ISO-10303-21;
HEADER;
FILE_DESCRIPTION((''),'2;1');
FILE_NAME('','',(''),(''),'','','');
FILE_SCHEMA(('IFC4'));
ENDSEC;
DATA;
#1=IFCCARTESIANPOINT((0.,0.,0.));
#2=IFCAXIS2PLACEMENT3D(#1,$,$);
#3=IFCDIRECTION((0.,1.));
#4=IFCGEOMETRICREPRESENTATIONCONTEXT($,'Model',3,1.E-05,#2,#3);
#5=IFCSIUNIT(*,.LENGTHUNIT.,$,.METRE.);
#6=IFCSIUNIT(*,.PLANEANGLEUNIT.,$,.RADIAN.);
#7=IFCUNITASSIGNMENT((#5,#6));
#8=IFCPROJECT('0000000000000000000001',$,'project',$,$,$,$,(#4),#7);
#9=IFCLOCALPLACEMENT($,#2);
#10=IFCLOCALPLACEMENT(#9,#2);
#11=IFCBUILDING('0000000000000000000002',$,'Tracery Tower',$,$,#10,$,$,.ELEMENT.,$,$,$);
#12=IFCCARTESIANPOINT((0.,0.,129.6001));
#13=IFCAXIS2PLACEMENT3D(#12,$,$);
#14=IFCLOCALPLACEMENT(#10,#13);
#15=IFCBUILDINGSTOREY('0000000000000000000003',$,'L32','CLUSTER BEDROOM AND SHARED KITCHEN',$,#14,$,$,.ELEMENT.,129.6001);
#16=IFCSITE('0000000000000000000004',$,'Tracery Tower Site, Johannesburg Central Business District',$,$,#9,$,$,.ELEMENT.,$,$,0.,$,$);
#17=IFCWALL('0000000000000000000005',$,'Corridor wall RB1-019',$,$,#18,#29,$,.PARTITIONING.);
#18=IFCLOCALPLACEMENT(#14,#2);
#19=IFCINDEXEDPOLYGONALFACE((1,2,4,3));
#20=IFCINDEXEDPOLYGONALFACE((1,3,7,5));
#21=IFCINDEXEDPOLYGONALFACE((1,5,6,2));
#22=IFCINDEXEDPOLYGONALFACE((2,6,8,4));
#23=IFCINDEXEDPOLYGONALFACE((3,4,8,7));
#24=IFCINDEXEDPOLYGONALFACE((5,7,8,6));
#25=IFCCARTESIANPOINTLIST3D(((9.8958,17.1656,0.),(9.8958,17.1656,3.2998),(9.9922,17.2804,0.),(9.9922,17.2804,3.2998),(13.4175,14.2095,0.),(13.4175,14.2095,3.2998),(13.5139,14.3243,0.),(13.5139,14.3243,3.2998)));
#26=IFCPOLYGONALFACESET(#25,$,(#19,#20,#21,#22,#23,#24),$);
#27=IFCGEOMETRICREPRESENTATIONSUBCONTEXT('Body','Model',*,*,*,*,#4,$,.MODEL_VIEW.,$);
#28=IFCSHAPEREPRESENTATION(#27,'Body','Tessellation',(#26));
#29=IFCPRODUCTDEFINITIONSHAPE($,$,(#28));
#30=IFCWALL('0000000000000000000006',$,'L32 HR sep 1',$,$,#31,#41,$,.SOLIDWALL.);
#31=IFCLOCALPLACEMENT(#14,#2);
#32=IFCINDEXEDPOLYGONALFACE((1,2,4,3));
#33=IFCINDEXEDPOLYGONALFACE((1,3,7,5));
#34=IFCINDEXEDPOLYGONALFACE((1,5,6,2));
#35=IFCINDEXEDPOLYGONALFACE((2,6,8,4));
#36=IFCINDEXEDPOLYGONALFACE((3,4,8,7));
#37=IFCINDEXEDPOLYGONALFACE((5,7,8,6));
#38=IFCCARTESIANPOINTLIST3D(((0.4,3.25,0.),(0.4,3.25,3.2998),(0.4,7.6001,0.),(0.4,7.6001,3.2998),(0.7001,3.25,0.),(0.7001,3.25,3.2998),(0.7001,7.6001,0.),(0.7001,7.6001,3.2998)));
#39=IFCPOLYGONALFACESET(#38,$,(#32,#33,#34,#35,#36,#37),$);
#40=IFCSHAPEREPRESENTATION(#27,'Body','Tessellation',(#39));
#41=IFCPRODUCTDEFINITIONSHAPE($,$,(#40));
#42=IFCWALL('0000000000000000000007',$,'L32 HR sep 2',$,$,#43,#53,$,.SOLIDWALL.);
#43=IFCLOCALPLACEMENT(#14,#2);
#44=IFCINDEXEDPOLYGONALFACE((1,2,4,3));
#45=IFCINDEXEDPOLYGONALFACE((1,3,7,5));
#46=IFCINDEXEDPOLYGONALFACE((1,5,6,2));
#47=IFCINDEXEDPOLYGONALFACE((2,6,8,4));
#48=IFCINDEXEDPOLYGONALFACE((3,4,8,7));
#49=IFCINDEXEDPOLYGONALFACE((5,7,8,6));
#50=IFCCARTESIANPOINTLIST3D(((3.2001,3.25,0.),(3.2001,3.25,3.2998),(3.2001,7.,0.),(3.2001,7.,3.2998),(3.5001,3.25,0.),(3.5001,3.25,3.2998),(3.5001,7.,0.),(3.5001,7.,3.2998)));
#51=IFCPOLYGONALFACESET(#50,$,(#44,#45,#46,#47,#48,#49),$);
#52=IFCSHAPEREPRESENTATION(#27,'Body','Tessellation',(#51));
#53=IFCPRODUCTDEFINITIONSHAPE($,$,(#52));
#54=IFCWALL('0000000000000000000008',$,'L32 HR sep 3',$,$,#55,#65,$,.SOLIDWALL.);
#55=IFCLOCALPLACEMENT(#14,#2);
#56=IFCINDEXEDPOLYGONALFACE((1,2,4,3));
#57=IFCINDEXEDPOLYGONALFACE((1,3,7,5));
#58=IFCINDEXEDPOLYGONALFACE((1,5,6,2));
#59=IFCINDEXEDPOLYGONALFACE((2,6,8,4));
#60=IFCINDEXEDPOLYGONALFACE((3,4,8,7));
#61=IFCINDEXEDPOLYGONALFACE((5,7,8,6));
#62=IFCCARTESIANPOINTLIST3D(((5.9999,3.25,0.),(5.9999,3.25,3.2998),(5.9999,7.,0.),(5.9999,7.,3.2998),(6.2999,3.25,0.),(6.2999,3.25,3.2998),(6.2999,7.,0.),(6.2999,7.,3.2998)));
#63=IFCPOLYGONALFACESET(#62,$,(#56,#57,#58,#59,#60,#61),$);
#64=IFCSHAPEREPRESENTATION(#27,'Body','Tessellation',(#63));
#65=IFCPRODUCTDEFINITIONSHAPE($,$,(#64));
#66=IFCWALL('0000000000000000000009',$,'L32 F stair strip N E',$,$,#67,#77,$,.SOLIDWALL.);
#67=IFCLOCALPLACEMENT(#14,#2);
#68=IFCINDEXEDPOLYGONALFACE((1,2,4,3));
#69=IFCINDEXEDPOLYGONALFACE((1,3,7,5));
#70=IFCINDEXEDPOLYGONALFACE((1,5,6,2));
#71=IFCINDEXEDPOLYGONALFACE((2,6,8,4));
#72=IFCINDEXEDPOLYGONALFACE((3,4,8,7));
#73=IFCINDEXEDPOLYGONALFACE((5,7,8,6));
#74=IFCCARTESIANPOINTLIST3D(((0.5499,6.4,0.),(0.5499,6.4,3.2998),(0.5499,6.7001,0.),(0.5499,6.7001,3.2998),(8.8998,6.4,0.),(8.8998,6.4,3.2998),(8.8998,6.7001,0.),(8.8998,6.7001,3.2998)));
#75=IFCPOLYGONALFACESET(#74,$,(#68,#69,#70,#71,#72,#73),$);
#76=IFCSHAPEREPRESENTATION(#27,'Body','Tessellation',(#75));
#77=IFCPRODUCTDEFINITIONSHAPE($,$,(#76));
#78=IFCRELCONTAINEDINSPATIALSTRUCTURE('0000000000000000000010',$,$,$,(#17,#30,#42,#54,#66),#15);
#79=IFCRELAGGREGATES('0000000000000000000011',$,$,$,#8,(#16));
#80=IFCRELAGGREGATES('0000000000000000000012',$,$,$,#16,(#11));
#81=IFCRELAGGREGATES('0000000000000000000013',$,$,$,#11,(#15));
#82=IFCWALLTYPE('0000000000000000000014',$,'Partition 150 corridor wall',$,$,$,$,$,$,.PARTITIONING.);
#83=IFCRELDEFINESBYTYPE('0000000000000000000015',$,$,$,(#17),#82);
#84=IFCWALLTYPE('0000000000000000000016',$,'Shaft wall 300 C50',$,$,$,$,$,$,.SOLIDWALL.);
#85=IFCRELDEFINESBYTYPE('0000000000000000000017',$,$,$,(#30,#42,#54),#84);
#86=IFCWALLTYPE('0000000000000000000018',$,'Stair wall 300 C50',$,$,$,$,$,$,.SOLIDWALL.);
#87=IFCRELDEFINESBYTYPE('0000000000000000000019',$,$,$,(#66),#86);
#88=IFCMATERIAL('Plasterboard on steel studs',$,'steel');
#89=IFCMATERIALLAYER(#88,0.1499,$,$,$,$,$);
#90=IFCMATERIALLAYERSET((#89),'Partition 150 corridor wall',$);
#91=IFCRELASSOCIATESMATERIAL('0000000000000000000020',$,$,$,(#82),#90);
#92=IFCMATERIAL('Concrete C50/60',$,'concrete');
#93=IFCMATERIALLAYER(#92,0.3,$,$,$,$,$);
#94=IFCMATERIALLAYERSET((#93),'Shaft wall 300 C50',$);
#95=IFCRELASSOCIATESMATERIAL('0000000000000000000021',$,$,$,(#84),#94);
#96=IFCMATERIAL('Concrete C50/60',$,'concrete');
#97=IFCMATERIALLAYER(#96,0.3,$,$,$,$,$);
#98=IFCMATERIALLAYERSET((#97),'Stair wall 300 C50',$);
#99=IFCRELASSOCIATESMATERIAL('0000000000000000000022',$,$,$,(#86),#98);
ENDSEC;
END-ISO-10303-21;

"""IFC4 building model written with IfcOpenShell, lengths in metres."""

from ifc_helpers import new_model, si_unit, direction, frame, frame_2d, origin, place, context, subcontext, project, spatial, rectangle, extrude, material, layer, layer_set, type_object, element, save


model = new_model("IFC4")

# Units and contexts
model_context = context("Model", 3, precision=1e-05, world=origin(), true_north=direction((0.0, 1.0)))
body_context = subcontext(model_context, "Body", "Model", "MODEL_VIEW")
ifc_project = project(units=[si_unit("LENGTHUNIT", "METRE"), si_unit("PLANEANGLEUNIT", "RADIAN")], contexts=[model_context])

# Site, building, storey
site_placement = place(None, origin())
site = spatial("IfcSite", under=ifc_project, at=site_placement, Name="Tracery Tower Site, Johannesburg Central Business District", CompositionType="ELEMENT", RefElevation=0.0)
building_placement = place(site_placement, origin())
building = spatial("IfcBuilding", under=site, at=building_placement, Name="Tracery Tower", CompositionType="ELEMENT")
storey_placement = place(building_placement, frame((0.0, 0.0, 129.6001)))
storey = spatial("IfcBuildingStorey", under=building, at=storey_placement, Name="L32", Description="CLUSTER BEDROOM AND SHARED KITCHEN", CompositionType="ELEMENT", Elevation=129.6001)

# Walls
ifc_material_1 = material(Name="Plasterboard on steel studs", Category="steel")
ifc_layer_1 = layer(ifc_material_1, 0.1499)
ifc_layer_set_1 = layer_set([ifc_layer_1], Name="Partition 150 corridor wall")
wall_type_1 = type_object("IfcWallType", Name="Partition 150 corridor wall", PredefinedType="PARTITIONING", material=ifc_layer_set_1)
wall_1_placement = place(storey_placement, frame((9.9441, 17.2229, 0.0), z_axis=(0.0, 0.0, 1.0), x_axis=(0.76594, -0.642912, 0.0)))
element("IfcWall", 1, at=wall_1_placement, inside=storey, type_object=wall_type_1, Name="Corridor wall RB1-019", PredefinedType="PARTITIONING", context=body_context, shape_type="SweptSolid", body=[
    extrude(rectangle(XDim=4.5979, YDim=0.1499, at=frame_2d((2.2988, 0.0))), origin(), (0.0, 0.0, 1.0), 3.2998),
])
ifc_material_2 = material(Name="Concrete C50/60", Category="concrete")
ifc_layer_2 = layer(ifc_material_2, 0.3)
ifc_layer_set_2 = layer_set([ifc_layer_2], Name="Shaft wall 300 C50")
wall_type_2 = type_object("IfcWallType", Name="Shaft wall 300 C50", PredefinedType="SOLIDWALL", material=ifc_layer_set_2)
wall_2_placement = place(storey_placement, frame((0.55, 3.25, 0.0), z_axis=(0.0, 0.0, 1.0), x_axis=(0.0, 1.0, 0.0)))
element("IfcWall", 2, at=wall_2_placement, inside=storey, type_object=wall_type_2, Name="L32 HR sep 1", PredefinedType="SOLIDWALL", context=body_context, shape_type="SweptSolid", body=[
    extrude(rectangle(XDim=4.3501, YDim=0.3, at=frame_2d((2.175, 0.0))), origin(), (0.0, 0.0, 1.0), 3.2998),
])
for number, where, z_axis, x_axis, name in (
    (3, (3.3501, 3.25, 0.0), (0.0, 0.0, 1.0), (0.0, 1.0, 0.0), "L32 HR sep 2"),
    (4, (6.1499, 3.25, 0.0), (0.0, 0.0, 1.0), (0.0, 1.0, 0.0), "L32 HR sep 3"),
):
    element("IfcWall", number, at=place(storey_placement, frame(where, z_axis=z_axis, x_axis=x_axis)), inside=storey, type_object=wall_type_2, Name=name, PredefinedType="SOLIDWALL", context=body_context, shape_type="SweptSolid", body=[
        extrude(rectangle(XDim=3.75, YDim=0.3, at=frame_2d((1.875, 0.0))), origin(), (0.0, 0.0, 1.0), 3.2998),
    ])

# Wall
ifc_material_3 = material(Name="Concrete C50/60", Category="concrete")
ifc_layer_3 = layer(ifc_material_3, 0.3)
ifc_layer_set_3 = layer_set([ifc_layer_3], Name="Stair wall 300 C50")
wall_type_3 = type_object("IfcWallType", Name="Stair wall 300 C50", PredefinedType="SOLIDWALL", material=ifc_layer_set_3)
wall_3_placement = place(storey_placement, frame((0.55, 6.55, 0.0), z_axis=(0.0, 0.0, 1.0), x_axis=(1.0, 0.0, 0.0)))
element("IfcWall", 5, at=wall_3_placement, inside=storey, type_object=wall_type_3, Name="L32 F stair strip N E", PredefinedType="SOLIDWALL", context=body_context, shape_type="SweptSolid", body=[
    extrude(rectangle(XDim=8.3499, YDim=0.3, at=frame_2d((4.1748, 0.0))), origin(), (0.0, 0.0, 1.0), 3.2998),
])

save(model, "model.ifc")
